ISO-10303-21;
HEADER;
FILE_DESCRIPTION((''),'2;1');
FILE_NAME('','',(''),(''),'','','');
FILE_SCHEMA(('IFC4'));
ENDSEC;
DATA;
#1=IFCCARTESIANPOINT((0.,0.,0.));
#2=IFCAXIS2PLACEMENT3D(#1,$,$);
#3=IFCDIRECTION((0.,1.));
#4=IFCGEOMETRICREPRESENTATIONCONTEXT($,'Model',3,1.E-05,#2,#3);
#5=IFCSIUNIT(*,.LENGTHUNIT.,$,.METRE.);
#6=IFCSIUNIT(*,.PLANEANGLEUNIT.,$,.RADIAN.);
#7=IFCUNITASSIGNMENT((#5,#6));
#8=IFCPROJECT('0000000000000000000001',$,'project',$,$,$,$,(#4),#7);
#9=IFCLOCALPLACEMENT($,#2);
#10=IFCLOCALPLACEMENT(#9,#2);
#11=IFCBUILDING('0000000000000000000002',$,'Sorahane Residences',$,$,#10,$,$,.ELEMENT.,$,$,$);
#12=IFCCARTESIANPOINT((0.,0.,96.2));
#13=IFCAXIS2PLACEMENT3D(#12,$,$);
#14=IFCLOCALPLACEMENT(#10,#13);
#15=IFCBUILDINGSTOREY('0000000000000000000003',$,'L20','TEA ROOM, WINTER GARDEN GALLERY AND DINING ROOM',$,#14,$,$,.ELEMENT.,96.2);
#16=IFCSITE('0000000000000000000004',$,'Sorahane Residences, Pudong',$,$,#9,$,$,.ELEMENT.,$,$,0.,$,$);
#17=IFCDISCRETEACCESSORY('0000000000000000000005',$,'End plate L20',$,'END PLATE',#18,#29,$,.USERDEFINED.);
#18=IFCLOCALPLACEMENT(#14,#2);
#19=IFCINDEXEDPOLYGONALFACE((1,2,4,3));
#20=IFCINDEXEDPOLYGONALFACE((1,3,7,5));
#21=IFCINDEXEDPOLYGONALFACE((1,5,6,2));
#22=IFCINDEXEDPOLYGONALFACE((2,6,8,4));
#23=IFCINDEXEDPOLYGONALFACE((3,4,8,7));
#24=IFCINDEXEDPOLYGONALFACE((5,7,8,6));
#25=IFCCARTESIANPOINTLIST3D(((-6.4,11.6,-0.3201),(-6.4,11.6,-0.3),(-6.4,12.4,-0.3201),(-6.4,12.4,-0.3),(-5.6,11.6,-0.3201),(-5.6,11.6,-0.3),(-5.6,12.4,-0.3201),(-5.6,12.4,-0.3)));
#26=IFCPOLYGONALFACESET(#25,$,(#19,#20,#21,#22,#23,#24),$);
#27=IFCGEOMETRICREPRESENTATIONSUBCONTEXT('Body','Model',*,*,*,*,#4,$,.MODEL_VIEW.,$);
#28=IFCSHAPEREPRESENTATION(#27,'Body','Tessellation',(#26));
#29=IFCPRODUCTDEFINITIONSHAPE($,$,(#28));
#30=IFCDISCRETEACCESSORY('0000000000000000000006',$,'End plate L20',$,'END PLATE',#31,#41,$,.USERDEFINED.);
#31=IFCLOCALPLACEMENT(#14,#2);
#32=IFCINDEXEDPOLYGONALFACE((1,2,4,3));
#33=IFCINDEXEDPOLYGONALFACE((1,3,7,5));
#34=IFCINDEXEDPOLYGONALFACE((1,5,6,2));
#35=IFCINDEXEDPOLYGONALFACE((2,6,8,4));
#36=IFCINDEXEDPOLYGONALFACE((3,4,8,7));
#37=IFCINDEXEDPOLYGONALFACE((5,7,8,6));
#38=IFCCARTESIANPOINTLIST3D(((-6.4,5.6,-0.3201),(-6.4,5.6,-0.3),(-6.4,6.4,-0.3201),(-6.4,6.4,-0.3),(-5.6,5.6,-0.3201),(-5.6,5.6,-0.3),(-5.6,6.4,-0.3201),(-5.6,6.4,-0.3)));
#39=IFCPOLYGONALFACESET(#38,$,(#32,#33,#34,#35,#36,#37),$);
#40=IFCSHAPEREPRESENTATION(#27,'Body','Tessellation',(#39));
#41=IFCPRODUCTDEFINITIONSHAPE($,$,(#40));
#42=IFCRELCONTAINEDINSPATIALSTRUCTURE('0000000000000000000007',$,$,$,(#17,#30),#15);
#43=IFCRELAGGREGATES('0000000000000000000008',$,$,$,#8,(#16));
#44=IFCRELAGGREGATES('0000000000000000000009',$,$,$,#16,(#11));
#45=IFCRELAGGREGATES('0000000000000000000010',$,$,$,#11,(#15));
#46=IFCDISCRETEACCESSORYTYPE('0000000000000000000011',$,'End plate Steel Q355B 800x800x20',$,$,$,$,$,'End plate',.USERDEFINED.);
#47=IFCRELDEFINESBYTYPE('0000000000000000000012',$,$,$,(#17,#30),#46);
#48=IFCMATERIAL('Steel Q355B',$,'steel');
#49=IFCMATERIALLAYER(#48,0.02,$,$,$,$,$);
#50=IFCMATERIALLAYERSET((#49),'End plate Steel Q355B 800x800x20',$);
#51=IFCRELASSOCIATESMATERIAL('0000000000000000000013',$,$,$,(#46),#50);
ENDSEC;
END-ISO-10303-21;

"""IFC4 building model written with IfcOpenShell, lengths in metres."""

from ifc_helpers import new_model, si_unit, direction, frame, origin, origin_2d, place, context, subcontext, project, spatial, rectangle, extrude, material, layer, layer_set, type_object, element, save


model = new_model("IFC4")

# Units and contexts
model_context = context("Model", 3, precision=1e-05, world=origin(), true_north=direction((0.0, 1.0)))
body_context = subcontext(model_context, "Body", "Model", "MODEL_VIEW")
ifc_project = project(units=[si_unit("LENGTHUNIT", "METRE"), si_unit("PLANEANGLEUNIT", "RADIAN")], contexts=[model_context])

# Site, building, storey
site_placement = place(None, origin())
site = spatial("IfcSite", under=ifc_project, at=site_placement, Name="Sorahane Residences, Pudong", CompositionType="ELEMENT", RefElevation=0.0)
building_placement = place(site_placement, origin())
building = spatial("IfcBuilding", under=site, at=building_placement, Name="Sorahane Residences", CompositionType="ELEMENT")
storey_placement = place(building_placement, frame((0.0, 0.0, 96.2)))
storey = spatial("IfcBuildingStorey", under=building, at=storey_placement, Name="L20", Description="TEA ROOM, WINTER GARDEN GALLERY AND DINING ROOM", CompositionType="ELEMENT", Elevation=96.2)

# Discrete accessories
ifc_material_1 = material(Name="Steel Q355B", Category="steel")
ifc_layer_1 = layer(ifc_material_1, 0.02)
ifc_layer_set_1 = layer_set([ifc_layer_1], Name="End plate Steel Q355B 800x800x20")
discrete_accessory_type = type_object("IfcDiscreteAccessoryType", Name="End plate Steel Q355B 800x800x20", ElementType="End plate", PredefinedType="USERDEFINED", material=ifc_layer_set_1)
for number, where, z_axis, x_axis, name in (
    (1, (-6.0, 12.0, -0.3201), (0.0, 0.0, 1.0), (1.0, 0.0, 0.0), "End plate L20"),
    (2, (-6.0, 6.0, -0.3201), (0.0, 0.0, 1.0), (1.0, 0.0, 0.0), "End plate L20"),
):
    element("IfcDiscreteAccessory", number, at=place(storey_placement, frame(where, z_axis=z_axis, x_axis=x_axis)), inside=storey, type_object=discrete_accessory_type, Name=name, ObjectType="END PLATE", PredefinedType="USERDEFINED", context=body_context, shape_type="SweptSolid", body=[
        extrude(rectangle(XDim=0.8, YDim=0.8, at=origin_2d()), origin(), (0.0, 0.0, 1.0), 0.02),
    ])

save(model, "model.ifc")
